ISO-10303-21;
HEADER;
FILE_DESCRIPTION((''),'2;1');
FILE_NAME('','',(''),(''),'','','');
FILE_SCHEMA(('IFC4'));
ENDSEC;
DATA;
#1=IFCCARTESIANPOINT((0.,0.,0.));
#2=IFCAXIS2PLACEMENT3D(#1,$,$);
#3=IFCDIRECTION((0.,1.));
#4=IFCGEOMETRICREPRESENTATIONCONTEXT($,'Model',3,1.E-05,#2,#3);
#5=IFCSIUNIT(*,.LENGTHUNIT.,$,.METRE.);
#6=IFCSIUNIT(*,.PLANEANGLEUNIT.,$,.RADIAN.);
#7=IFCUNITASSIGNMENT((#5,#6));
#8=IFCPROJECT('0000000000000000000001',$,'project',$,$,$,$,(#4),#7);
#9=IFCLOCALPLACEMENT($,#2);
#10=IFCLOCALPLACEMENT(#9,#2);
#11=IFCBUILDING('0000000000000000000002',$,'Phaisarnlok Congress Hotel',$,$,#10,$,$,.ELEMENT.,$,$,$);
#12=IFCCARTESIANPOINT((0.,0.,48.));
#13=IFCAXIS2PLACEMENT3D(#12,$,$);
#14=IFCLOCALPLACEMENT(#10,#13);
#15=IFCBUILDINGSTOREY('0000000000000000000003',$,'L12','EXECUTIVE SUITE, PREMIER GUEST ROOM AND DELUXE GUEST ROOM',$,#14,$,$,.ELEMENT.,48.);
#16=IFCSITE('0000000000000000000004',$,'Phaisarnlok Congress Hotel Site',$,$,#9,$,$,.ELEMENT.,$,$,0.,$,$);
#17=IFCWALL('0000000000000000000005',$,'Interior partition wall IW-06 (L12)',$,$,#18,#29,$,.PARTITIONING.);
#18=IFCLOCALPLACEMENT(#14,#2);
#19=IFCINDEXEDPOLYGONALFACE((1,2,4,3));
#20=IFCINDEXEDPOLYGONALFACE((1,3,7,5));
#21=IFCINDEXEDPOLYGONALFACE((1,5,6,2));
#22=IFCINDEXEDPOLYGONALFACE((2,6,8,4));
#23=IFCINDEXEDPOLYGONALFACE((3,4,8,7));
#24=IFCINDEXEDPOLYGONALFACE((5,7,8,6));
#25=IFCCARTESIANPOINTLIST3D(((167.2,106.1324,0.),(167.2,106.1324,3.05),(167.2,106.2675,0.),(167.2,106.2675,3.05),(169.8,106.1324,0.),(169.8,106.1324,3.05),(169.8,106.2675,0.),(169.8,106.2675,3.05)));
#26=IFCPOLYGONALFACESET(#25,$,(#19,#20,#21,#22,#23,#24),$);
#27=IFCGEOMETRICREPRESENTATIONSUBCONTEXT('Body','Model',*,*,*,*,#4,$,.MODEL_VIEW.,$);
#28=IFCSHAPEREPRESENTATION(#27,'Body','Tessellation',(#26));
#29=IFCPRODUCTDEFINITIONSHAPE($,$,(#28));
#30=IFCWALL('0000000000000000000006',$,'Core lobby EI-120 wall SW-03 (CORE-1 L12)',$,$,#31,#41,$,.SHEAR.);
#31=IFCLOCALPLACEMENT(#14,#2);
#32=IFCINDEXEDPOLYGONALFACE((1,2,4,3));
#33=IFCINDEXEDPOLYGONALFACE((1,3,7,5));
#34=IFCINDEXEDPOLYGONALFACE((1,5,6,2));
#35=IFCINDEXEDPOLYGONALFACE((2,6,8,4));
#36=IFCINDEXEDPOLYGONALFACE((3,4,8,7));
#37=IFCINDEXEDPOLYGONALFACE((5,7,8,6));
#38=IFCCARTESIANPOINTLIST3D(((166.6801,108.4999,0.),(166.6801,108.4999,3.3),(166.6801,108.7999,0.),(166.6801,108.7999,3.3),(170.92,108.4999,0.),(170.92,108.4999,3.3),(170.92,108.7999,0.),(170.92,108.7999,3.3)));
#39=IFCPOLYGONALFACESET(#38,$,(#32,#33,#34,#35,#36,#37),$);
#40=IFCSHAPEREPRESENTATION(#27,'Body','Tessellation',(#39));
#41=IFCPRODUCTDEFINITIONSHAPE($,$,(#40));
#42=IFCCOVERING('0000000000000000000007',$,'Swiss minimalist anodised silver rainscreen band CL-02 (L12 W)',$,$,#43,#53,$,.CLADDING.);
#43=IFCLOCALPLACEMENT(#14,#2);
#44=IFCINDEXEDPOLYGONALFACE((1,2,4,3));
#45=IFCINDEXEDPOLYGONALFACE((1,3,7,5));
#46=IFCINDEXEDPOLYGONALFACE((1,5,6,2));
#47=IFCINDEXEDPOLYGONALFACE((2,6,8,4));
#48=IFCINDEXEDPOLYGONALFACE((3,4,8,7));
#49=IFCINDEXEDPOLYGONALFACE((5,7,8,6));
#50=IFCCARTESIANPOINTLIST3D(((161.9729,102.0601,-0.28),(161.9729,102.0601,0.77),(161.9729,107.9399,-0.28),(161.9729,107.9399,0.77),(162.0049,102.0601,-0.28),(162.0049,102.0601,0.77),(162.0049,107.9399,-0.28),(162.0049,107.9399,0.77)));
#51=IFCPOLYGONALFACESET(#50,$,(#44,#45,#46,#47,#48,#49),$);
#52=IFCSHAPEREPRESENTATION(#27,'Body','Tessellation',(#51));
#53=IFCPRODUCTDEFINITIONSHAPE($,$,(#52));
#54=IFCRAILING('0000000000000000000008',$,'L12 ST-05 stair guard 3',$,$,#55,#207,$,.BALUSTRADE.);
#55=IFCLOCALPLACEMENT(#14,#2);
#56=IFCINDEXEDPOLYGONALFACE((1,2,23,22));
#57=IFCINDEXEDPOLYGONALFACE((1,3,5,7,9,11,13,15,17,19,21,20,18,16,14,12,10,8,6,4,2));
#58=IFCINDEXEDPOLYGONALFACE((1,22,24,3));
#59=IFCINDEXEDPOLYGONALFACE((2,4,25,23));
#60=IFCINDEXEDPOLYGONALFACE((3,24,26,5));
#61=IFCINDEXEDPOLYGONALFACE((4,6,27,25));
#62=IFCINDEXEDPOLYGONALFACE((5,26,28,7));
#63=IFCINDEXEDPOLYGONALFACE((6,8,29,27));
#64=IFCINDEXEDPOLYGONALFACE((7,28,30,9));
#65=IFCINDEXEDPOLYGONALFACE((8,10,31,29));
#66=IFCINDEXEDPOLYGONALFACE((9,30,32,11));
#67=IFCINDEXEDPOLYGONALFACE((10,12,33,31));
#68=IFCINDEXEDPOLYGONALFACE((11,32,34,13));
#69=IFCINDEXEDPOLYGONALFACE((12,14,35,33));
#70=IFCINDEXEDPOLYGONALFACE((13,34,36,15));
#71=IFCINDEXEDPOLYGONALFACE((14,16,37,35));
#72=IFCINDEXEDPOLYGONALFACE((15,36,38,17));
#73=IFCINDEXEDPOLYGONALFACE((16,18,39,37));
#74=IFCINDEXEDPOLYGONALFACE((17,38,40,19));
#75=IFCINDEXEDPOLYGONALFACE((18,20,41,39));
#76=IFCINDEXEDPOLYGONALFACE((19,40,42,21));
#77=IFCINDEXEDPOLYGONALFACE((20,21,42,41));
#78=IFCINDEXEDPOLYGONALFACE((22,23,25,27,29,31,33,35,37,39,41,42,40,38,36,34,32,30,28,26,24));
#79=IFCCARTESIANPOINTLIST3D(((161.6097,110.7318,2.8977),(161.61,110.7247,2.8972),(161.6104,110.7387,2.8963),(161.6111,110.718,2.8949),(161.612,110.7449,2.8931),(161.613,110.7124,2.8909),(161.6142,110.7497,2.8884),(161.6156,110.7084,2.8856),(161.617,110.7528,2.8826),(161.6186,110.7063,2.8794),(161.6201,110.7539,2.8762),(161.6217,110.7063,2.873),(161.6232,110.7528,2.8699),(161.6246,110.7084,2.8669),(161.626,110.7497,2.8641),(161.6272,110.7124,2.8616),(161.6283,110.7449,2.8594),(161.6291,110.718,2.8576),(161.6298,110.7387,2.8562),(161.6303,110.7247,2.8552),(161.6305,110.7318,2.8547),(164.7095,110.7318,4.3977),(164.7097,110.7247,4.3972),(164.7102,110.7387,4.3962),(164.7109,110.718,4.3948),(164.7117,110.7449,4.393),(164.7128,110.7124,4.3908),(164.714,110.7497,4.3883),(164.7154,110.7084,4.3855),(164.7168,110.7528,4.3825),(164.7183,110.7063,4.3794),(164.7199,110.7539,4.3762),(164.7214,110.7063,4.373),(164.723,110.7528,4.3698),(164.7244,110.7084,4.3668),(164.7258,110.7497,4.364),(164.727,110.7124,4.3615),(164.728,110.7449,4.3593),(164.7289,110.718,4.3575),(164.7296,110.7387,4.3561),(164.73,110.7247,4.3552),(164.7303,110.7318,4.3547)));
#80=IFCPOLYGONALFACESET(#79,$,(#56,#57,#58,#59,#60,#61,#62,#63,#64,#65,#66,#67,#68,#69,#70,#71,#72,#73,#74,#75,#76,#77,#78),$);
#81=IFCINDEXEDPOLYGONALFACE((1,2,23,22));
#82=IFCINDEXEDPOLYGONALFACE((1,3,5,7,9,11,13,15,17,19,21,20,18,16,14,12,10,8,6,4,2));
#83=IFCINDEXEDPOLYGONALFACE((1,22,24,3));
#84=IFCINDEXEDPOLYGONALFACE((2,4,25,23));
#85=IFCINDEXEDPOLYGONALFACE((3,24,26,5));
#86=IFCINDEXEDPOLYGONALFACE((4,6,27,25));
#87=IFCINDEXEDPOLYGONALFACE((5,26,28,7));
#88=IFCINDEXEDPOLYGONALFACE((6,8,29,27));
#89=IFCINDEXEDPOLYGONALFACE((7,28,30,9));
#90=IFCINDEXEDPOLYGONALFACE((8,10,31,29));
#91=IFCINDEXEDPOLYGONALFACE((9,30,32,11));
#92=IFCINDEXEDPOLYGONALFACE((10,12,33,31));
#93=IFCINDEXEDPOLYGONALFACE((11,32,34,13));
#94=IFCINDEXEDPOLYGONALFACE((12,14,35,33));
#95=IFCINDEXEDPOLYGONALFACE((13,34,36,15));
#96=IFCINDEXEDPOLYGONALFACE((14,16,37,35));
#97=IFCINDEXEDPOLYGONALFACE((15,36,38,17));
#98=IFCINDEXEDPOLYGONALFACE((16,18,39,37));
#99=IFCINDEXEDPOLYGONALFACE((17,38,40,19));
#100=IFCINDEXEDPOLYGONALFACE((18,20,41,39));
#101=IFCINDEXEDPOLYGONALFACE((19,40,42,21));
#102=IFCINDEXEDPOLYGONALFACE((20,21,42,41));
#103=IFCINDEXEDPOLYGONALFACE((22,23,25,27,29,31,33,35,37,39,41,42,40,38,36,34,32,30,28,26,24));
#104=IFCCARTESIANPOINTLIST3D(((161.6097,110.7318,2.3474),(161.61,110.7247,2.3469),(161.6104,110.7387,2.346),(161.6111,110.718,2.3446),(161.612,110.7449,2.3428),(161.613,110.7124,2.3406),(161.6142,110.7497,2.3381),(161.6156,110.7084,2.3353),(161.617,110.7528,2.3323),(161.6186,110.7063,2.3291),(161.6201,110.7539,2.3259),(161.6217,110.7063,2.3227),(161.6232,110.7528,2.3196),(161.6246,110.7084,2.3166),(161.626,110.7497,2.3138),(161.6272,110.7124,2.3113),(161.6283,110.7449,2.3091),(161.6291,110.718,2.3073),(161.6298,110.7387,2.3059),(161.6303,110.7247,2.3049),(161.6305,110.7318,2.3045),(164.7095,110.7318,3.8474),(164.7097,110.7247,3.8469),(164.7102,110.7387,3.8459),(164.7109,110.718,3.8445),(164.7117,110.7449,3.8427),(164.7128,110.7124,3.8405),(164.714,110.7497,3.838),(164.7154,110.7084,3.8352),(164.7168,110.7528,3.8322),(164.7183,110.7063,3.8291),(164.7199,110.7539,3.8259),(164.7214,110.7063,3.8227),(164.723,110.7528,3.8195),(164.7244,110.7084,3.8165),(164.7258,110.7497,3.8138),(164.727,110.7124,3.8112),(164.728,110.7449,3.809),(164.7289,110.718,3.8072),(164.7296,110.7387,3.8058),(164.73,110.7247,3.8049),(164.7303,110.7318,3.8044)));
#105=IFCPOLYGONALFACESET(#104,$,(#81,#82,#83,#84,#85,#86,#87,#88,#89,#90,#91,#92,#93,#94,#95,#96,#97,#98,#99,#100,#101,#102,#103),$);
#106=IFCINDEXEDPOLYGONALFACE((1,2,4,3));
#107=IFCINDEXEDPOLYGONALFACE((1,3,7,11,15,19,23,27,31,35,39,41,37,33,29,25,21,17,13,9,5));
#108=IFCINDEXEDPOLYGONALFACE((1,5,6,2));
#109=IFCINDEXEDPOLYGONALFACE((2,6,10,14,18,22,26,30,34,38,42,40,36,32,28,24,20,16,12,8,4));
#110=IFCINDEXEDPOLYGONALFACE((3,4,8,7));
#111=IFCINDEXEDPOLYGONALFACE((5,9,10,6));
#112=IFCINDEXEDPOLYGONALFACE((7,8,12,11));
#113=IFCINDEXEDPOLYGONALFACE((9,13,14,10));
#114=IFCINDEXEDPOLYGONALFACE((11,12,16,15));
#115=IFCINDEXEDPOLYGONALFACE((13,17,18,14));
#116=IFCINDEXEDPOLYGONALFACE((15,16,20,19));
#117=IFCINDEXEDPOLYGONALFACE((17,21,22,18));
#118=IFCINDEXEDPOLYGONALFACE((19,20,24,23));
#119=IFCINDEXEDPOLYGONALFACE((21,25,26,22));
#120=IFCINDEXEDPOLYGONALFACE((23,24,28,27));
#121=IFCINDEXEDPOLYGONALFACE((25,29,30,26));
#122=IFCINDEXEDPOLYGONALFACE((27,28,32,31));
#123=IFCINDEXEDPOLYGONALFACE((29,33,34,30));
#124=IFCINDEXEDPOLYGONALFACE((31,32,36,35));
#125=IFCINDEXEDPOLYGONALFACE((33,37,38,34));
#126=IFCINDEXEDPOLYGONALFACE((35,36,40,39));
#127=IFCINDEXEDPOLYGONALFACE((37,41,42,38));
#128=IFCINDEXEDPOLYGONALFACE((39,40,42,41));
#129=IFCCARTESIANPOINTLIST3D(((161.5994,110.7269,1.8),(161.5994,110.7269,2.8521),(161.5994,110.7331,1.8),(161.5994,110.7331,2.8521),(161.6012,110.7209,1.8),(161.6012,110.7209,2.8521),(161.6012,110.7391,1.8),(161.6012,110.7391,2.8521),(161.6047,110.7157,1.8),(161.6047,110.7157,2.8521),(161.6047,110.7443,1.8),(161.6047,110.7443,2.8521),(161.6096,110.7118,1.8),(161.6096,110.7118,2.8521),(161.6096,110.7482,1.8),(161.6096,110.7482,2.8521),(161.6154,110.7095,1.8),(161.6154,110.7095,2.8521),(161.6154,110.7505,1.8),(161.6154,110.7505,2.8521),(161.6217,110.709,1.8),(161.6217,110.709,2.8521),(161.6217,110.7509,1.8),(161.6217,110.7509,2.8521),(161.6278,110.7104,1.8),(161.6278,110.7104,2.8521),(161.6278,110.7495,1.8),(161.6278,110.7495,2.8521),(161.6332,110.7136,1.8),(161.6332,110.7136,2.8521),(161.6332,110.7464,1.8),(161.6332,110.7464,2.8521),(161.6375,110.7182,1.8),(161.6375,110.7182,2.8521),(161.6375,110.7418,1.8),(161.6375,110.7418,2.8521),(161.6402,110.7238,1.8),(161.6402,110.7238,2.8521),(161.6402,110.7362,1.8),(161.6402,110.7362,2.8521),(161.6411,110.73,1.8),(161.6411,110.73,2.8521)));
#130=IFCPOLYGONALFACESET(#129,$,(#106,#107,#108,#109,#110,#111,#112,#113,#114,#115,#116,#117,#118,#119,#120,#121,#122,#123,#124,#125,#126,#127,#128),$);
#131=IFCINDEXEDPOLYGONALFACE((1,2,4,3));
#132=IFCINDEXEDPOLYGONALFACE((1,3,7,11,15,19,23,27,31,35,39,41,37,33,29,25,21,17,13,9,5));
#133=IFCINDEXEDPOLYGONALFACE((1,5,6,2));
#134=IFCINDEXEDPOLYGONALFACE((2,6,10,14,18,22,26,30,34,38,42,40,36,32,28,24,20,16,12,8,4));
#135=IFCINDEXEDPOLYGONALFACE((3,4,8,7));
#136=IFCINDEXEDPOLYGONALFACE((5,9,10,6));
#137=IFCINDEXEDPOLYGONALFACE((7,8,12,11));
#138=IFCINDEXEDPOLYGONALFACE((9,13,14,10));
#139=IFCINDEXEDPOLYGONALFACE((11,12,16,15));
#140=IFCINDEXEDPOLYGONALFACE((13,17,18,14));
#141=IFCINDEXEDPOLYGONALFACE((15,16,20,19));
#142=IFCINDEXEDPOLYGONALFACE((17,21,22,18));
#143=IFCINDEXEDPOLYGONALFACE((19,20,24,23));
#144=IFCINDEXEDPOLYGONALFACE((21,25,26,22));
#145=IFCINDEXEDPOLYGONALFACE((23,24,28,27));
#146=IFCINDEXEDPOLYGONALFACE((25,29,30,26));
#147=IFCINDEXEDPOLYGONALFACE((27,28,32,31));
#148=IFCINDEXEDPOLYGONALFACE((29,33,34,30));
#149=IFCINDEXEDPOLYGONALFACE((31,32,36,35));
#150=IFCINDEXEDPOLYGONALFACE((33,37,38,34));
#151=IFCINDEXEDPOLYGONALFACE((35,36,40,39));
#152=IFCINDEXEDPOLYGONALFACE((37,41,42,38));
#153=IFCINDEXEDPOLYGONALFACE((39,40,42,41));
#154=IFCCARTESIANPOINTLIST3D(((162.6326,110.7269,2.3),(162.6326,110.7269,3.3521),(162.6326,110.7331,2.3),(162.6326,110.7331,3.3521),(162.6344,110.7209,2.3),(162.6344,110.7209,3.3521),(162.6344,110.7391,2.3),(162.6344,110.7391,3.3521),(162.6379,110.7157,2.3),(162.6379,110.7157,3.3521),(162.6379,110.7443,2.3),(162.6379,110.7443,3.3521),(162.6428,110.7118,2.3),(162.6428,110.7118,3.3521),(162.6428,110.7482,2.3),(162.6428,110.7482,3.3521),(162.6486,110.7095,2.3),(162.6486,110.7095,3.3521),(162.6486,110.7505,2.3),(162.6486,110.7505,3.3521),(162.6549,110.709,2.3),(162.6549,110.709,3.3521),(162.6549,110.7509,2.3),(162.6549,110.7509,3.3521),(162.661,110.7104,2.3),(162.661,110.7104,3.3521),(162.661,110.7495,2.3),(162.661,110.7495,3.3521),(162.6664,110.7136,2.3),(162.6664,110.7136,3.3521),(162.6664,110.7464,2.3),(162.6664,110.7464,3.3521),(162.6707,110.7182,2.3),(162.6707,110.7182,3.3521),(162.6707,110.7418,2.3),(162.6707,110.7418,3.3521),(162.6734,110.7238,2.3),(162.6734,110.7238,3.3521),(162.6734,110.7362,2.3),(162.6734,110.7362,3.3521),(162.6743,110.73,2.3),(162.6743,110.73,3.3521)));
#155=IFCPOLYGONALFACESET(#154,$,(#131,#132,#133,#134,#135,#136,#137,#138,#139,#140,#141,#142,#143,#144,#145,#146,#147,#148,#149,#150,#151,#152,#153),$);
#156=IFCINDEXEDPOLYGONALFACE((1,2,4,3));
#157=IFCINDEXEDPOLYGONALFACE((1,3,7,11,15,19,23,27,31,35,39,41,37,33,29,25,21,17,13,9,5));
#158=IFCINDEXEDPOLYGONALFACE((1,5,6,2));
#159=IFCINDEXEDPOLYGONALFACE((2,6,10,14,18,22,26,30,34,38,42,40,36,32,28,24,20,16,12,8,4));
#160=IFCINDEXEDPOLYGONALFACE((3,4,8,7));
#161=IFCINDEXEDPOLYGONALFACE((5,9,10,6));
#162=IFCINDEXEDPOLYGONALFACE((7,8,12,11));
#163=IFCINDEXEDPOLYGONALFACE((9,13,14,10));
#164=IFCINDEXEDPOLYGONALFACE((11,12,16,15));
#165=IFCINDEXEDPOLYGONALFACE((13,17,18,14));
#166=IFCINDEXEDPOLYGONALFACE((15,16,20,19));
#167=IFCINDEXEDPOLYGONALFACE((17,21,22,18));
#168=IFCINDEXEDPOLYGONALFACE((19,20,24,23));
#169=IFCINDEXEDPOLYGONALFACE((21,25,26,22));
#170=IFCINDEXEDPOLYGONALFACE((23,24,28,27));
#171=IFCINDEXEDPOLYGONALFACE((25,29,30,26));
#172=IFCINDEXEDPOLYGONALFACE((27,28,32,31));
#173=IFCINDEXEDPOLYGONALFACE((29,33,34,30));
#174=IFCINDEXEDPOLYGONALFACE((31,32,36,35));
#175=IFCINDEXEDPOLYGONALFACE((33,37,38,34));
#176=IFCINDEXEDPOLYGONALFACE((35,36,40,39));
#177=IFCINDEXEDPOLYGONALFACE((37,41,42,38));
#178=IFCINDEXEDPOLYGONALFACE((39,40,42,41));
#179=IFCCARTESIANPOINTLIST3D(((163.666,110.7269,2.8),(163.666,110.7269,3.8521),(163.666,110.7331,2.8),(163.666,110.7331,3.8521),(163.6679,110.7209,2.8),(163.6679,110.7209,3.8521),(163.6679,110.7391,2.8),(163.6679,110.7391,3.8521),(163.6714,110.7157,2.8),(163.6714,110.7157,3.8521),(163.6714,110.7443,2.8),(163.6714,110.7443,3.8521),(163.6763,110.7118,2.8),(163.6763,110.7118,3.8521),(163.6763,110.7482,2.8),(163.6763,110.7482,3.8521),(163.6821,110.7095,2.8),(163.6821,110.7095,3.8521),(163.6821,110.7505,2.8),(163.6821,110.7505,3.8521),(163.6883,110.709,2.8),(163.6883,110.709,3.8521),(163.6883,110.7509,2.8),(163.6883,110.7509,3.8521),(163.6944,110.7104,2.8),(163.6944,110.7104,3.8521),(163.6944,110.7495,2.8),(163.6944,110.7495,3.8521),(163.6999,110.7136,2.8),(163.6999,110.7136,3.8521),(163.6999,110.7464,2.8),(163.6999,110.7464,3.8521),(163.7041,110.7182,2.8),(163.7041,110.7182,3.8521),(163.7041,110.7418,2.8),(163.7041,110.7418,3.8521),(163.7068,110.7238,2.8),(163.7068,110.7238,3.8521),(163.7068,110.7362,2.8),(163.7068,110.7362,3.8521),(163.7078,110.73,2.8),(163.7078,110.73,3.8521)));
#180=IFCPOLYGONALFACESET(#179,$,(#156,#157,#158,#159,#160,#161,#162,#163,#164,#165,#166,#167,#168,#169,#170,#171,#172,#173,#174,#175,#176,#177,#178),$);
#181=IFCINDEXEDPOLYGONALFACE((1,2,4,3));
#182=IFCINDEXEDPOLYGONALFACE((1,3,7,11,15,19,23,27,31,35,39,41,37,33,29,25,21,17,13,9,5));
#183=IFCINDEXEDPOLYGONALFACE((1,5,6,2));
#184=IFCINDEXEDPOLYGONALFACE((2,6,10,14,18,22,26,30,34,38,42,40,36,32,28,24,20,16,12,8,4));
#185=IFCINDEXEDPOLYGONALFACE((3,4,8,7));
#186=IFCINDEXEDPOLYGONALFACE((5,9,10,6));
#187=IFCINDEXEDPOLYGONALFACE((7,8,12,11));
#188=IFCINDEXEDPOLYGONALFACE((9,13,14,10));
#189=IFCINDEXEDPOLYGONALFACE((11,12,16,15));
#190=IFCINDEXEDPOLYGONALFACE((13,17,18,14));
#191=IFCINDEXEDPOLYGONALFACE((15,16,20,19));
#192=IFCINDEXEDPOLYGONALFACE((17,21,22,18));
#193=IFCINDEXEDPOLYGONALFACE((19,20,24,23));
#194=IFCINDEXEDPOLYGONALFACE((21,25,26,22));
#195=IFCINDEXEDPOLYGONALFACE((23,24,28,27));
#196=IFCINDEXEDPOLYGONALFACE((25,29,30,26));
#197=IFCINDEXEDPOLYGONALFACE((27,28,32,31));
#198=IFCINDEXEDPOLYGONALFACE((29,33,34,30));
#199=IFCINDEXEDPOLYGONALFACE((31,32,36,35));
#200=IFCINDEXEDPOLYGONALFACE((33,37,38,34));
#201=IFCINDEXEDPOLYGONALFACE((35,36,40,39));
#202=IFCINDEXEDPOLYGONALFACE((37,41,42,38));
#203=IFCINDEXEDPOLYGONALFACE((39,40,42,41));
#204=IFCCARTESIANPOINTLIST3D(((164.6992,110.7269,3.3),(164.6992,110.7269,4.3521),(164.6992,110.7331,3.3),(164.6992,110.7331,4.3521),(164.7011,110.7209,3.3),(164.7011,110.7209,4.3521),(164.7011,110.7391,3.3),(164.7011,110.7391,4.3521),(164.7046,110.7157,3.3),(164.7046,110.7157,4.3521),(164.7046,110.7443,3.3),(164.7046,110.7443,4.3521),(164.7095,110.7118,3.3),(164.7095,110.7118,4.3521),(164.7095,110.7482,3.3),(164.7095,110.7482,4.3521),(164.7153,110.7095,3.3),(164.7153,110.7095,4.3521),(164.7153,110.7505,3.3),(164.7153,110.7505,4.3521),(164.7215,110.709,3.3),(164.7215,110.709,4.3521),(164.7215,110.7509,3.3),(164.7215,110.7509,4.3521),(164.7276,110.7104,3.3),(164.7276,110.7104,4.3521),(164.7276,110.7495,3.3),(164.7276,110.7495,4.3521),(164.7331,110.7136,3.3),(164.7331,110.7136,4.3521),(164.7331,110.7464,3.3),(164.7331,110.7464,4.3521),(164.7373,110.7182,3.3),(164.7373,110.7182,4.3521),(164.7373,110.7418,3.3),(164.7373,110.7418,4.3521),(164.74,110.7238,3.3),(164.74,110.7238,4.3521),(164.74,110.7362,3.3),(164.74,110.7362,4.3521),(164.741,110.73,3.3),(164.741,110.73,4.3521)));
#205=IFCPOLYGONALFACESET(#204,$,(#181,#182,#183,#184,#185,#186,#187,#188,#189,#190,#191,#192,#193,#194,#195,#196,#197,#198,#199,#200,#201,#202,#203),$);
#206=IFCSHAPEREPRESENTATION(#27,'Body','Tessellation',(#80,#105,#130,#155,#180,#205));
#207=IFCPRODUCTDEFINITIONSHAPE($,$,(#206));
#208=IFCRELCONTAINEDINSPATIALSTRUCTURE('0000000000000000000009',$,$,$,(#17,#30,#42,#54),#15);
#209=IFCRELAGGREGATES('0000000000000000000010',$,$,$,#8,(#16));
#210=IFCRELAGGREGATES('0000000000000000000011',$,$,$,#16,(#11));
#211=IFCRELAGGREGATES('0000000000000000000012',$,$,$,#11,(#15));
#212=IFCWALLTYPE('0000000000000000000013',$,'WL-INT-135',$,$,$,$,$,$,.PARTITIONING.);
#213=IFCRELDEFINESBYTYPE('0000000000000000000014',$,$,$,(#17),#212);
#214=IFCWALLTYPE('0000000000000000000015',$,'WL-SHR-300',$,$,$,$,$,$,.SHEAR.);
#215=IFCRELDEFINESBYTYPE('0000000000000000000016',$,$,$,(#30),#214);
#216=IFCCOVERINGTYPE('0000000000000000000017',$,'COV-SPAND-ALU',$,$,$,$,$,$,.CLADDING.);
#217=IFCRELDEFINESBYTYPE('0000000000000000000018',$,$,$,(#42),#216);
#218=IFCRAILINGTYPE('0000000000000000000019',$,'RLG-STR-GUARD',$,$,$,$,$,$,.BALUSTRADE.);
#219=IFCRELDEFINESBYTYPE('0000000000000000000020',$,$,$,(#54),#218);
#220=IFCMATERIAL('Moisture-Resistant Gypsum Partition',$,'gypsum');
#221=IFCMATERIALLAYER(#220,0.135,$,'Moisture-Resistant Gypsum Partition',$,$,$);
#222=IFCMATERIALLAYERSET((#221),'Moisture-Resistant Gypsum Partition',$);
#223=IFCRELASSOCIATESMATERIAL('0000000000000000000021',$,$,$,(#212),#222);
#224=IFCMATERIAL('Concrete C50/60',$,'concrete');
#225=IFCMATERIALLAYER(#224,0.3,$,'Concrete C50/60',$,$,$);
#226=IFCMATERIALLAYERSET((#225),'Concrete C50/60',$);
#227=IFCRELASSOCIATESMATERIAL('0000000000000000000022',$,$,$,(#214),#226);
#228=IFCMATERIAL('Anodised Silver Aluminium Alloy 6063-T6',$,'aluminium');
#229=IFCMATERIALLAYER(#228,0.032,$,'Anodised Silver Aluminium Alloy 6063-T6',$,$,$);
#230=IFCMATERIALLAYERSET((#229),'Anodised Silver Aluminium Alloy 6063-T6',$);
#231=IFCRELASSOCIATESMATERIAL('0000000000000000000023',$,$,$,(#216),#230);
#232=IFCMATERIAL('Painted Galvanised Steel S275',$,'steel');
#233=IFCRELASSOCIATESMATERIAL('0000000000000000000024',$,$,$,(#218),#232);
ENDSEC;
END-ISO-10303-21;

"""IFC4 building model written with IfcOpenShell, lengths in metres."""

from ifc_helpers import new_model, si_unit, direction, frame, frame_2d, origin, origin_2d, place, context, subcontext, project, spatial, polyline, rectangle, circle, outline, extrude, material, layer, layer_set, type_object, element, save


model = new_model("IFC4")

# Units and contexts
model_context = context("Model", 3, precision=1e-05, world=origin(), true_north=direction((0.0, 1.0)))
body_context = subcontext(model_context, "Body", "Model", "MODEL_VIEW")
ifc_project = project(units=[si_unit("LENGTHUNIT", "METRE"), si_unit("PLANEANGLEUNIT", "RADIAN")], contexts=[model_context])

# Site, building, storey
site_placement = place(None, origin())
site = spatial("IfcSite", under=ifc_project, at=site_placement, Name="Phaisarnlok Congress Hotel Site", CompositionType="ELEMENT", RefElevation=0.0)
building_placement = place(site_placement, origin())
building = spatial("IfcBuilding", under=site, at=building_placement, Name="Phaisarnlok Congress Hotel", CompositionType="ELEMENT")
storey_placement = place(building_placement, frame((0.0, 0.0, 48.0)))
storey = spatial("IfcBuildingStorey", under=building, at=storey_placement, Name="L12", Description="EXECUTIVE SUITE, PREMIER GUEST ROOM AND DELUXE GUEST ROOM", CompositionType="ELEMENT", Elevation=48.0)

# Shared definitions
ifc_material_1 = material(Name="Concrete C50/60", Category="concrete")

# Shared definitions
ifc_material_2 = material(Name="Moisture-Resistant Gypsum Partition", Category="gypsum")
ifc_layer_1 = layer(ifc_material_2, 0.135, Name="Moisture-Resistant Gypsum Partition")
ifc_layer_set_1 = layer_set([ifc_layer_1], Name="Moisture-Resistant Gypsum Partition")
wall_type_1 = type_object("IfcWallType", Name="WL-INT-135", PredefinedType="PARTITIONING", material=ifc_layer_set_1)

# Wall
wall_1_placement = place(storey_placement, frame((167.2, 106.2, 0.0), z_axis=(0.0, 0.0, 1.0), x_axis=(1.0, 0.0, 0.0)))
element("IfcWall", 1, at=wall_1_placement, inside=storey, type_object=wall_type_1, Name="Interior partition wall IW-06 (L12)", PredefinedType="PARTITIONING", context=body_context, shape_type="SweptSolid", body=[
    extrude(rectangle(XDim=2.6001, YDim=0.135, at=frame_2d((1.3, 0.0))), origin(), (0.0, 0.0, 1.0), 3.05),
])

# Wall
ifc_layer_2 = layer(ifc_material_1, 0.3, Name="Concrete C50/60")
ifc_layer_set_2 = layer_set([ifc_layer_2], Name="Concrete C50/60")
wall_type_2 = type_object("IfcWallType", Name="WL-SHR-300", PredefinedType="SHEAR", material=ifc_layer_set_2)
wall_2_placement = place(storey_placement, frame((166.6799, 108.6499, 0.0), z_axis=(0.0, 0.0, 1.0), x_axis=(1.0, 0.0, 0.0)))
element("IfcWall", 2, at=wall_2_placement, inside=storey, type_object=wall_type_2, Name="Core lobby EI-120 wall SW-03 (CORE-1 L12)", PredefinedType="SHEAR", context=body_context, shape_type="SweptSolid", body=[
    extrude(rectangle(XDim=4.24, YDim=0.3, at=frame_2d((2.1201, 0.0))), origin(), (0.0, 0.0, 1.0), 3.3),
])

# Covering
ifc_material_3 = material(Name="Anodised Silver Aluminium Alloy 6063-T6", Category="aluminium")
ifc_layer_3 = layer(ifc_material_3, 0.032, Name="Anodised Silver Aluminium Alloy 6063-T6")
ifc_layer_set_3 = layer_set([ifc_layer_3], Name="Anodised Silver Aluminium Alloy 6063-T6")
covering_type = type_object("IfcCoveringType", Name="COV-SPAND-ALU", PredefinedType="CLADDING", material=ifc_layer_set_3)
covering_placement = place(storey_placement, frame((162.0049, 107.9399, -0.28), z_axis=(-1.0, 0.0, 0.0), x_axis=(0.0, -1.0, 0.0)))
element("IfcCovering", 3, at=covering_placement, inside=storey, type_object=covering_type, Name="Swiss minimalist anodised silver rainscreen band CL-02 (L12 W)", PredefinedType="CLADDING", context=body_context, shape_type="SweptSolid", body=[
    extrude(outline(polyline([(0.0, 0.0), (5.8799, 0.0), (5.8799, 1.05), (0.0, 1.05), (0.0, 0.0)])), origin(), (0.0, 0.0, 1.0), 0.032),
])

# Railing
ifc_material_4 = material(Name="Painted Galvanised Steel S275", Category="steel")
railing_type_1 = type_object("IfcRailingType", Name="RLG-STR-GUARD", PredefinedType="BALUSTRADE", material=ifc_material_4)
railing_1_placement = place(storey_placement, frame((161.6201, 110.73, 1.8)))
element("IfcRailing", 4, at=railing_1_placement, inside=storey, type_object=railing_type_1, Name="L12 ST-05 stair guard 3", PredefinedType="BALUSTRADE", context=body_context, shape_type="SweptSolid", body=[
    extrude(circle(Radius=0.0239, at=origin_2d()), frame((0.0, 0.0, 1.0762), z_axis=(0.900151, 0.0, 0.435578), x_axis=(0.0, 1.0, 0.0)), (0.0, 0.0, 1.0), 3.4436),
    extrude(circle(Radius=0.0239, at=origin_2d()), frame((0.0, 0.0, 0.5259), z_axis=(0.900151, 0.0, 0.435578), x_axis=(0.0, 1.0, 0.0)), (0.0, 0.0, 1.0), 3.4436),
    extrude(circle(Radius=0.021, at=origin_2d()), origin(), (0.0, 0.0, 1.0), 1.052),
    extrude(circle(Radius=0.021, at=origin_2d()), frame((1.0332, 0.0, 0.5)), (0.0, 0.0, 1.0), 1.052),
    extrude(circle(Radius=0.021, at=origin_2d()), frame((2.0667, 0.0, 1.0)), (0.0, 0.0, 1.0), 1.052),
    extrude(circle(Radius=0.021, at=origin_2d()), frame((3.0999, 0.0, 1.5)), (0.0, 0.0, 1.0), 1.052),
])

save(model, "model.ifc")
